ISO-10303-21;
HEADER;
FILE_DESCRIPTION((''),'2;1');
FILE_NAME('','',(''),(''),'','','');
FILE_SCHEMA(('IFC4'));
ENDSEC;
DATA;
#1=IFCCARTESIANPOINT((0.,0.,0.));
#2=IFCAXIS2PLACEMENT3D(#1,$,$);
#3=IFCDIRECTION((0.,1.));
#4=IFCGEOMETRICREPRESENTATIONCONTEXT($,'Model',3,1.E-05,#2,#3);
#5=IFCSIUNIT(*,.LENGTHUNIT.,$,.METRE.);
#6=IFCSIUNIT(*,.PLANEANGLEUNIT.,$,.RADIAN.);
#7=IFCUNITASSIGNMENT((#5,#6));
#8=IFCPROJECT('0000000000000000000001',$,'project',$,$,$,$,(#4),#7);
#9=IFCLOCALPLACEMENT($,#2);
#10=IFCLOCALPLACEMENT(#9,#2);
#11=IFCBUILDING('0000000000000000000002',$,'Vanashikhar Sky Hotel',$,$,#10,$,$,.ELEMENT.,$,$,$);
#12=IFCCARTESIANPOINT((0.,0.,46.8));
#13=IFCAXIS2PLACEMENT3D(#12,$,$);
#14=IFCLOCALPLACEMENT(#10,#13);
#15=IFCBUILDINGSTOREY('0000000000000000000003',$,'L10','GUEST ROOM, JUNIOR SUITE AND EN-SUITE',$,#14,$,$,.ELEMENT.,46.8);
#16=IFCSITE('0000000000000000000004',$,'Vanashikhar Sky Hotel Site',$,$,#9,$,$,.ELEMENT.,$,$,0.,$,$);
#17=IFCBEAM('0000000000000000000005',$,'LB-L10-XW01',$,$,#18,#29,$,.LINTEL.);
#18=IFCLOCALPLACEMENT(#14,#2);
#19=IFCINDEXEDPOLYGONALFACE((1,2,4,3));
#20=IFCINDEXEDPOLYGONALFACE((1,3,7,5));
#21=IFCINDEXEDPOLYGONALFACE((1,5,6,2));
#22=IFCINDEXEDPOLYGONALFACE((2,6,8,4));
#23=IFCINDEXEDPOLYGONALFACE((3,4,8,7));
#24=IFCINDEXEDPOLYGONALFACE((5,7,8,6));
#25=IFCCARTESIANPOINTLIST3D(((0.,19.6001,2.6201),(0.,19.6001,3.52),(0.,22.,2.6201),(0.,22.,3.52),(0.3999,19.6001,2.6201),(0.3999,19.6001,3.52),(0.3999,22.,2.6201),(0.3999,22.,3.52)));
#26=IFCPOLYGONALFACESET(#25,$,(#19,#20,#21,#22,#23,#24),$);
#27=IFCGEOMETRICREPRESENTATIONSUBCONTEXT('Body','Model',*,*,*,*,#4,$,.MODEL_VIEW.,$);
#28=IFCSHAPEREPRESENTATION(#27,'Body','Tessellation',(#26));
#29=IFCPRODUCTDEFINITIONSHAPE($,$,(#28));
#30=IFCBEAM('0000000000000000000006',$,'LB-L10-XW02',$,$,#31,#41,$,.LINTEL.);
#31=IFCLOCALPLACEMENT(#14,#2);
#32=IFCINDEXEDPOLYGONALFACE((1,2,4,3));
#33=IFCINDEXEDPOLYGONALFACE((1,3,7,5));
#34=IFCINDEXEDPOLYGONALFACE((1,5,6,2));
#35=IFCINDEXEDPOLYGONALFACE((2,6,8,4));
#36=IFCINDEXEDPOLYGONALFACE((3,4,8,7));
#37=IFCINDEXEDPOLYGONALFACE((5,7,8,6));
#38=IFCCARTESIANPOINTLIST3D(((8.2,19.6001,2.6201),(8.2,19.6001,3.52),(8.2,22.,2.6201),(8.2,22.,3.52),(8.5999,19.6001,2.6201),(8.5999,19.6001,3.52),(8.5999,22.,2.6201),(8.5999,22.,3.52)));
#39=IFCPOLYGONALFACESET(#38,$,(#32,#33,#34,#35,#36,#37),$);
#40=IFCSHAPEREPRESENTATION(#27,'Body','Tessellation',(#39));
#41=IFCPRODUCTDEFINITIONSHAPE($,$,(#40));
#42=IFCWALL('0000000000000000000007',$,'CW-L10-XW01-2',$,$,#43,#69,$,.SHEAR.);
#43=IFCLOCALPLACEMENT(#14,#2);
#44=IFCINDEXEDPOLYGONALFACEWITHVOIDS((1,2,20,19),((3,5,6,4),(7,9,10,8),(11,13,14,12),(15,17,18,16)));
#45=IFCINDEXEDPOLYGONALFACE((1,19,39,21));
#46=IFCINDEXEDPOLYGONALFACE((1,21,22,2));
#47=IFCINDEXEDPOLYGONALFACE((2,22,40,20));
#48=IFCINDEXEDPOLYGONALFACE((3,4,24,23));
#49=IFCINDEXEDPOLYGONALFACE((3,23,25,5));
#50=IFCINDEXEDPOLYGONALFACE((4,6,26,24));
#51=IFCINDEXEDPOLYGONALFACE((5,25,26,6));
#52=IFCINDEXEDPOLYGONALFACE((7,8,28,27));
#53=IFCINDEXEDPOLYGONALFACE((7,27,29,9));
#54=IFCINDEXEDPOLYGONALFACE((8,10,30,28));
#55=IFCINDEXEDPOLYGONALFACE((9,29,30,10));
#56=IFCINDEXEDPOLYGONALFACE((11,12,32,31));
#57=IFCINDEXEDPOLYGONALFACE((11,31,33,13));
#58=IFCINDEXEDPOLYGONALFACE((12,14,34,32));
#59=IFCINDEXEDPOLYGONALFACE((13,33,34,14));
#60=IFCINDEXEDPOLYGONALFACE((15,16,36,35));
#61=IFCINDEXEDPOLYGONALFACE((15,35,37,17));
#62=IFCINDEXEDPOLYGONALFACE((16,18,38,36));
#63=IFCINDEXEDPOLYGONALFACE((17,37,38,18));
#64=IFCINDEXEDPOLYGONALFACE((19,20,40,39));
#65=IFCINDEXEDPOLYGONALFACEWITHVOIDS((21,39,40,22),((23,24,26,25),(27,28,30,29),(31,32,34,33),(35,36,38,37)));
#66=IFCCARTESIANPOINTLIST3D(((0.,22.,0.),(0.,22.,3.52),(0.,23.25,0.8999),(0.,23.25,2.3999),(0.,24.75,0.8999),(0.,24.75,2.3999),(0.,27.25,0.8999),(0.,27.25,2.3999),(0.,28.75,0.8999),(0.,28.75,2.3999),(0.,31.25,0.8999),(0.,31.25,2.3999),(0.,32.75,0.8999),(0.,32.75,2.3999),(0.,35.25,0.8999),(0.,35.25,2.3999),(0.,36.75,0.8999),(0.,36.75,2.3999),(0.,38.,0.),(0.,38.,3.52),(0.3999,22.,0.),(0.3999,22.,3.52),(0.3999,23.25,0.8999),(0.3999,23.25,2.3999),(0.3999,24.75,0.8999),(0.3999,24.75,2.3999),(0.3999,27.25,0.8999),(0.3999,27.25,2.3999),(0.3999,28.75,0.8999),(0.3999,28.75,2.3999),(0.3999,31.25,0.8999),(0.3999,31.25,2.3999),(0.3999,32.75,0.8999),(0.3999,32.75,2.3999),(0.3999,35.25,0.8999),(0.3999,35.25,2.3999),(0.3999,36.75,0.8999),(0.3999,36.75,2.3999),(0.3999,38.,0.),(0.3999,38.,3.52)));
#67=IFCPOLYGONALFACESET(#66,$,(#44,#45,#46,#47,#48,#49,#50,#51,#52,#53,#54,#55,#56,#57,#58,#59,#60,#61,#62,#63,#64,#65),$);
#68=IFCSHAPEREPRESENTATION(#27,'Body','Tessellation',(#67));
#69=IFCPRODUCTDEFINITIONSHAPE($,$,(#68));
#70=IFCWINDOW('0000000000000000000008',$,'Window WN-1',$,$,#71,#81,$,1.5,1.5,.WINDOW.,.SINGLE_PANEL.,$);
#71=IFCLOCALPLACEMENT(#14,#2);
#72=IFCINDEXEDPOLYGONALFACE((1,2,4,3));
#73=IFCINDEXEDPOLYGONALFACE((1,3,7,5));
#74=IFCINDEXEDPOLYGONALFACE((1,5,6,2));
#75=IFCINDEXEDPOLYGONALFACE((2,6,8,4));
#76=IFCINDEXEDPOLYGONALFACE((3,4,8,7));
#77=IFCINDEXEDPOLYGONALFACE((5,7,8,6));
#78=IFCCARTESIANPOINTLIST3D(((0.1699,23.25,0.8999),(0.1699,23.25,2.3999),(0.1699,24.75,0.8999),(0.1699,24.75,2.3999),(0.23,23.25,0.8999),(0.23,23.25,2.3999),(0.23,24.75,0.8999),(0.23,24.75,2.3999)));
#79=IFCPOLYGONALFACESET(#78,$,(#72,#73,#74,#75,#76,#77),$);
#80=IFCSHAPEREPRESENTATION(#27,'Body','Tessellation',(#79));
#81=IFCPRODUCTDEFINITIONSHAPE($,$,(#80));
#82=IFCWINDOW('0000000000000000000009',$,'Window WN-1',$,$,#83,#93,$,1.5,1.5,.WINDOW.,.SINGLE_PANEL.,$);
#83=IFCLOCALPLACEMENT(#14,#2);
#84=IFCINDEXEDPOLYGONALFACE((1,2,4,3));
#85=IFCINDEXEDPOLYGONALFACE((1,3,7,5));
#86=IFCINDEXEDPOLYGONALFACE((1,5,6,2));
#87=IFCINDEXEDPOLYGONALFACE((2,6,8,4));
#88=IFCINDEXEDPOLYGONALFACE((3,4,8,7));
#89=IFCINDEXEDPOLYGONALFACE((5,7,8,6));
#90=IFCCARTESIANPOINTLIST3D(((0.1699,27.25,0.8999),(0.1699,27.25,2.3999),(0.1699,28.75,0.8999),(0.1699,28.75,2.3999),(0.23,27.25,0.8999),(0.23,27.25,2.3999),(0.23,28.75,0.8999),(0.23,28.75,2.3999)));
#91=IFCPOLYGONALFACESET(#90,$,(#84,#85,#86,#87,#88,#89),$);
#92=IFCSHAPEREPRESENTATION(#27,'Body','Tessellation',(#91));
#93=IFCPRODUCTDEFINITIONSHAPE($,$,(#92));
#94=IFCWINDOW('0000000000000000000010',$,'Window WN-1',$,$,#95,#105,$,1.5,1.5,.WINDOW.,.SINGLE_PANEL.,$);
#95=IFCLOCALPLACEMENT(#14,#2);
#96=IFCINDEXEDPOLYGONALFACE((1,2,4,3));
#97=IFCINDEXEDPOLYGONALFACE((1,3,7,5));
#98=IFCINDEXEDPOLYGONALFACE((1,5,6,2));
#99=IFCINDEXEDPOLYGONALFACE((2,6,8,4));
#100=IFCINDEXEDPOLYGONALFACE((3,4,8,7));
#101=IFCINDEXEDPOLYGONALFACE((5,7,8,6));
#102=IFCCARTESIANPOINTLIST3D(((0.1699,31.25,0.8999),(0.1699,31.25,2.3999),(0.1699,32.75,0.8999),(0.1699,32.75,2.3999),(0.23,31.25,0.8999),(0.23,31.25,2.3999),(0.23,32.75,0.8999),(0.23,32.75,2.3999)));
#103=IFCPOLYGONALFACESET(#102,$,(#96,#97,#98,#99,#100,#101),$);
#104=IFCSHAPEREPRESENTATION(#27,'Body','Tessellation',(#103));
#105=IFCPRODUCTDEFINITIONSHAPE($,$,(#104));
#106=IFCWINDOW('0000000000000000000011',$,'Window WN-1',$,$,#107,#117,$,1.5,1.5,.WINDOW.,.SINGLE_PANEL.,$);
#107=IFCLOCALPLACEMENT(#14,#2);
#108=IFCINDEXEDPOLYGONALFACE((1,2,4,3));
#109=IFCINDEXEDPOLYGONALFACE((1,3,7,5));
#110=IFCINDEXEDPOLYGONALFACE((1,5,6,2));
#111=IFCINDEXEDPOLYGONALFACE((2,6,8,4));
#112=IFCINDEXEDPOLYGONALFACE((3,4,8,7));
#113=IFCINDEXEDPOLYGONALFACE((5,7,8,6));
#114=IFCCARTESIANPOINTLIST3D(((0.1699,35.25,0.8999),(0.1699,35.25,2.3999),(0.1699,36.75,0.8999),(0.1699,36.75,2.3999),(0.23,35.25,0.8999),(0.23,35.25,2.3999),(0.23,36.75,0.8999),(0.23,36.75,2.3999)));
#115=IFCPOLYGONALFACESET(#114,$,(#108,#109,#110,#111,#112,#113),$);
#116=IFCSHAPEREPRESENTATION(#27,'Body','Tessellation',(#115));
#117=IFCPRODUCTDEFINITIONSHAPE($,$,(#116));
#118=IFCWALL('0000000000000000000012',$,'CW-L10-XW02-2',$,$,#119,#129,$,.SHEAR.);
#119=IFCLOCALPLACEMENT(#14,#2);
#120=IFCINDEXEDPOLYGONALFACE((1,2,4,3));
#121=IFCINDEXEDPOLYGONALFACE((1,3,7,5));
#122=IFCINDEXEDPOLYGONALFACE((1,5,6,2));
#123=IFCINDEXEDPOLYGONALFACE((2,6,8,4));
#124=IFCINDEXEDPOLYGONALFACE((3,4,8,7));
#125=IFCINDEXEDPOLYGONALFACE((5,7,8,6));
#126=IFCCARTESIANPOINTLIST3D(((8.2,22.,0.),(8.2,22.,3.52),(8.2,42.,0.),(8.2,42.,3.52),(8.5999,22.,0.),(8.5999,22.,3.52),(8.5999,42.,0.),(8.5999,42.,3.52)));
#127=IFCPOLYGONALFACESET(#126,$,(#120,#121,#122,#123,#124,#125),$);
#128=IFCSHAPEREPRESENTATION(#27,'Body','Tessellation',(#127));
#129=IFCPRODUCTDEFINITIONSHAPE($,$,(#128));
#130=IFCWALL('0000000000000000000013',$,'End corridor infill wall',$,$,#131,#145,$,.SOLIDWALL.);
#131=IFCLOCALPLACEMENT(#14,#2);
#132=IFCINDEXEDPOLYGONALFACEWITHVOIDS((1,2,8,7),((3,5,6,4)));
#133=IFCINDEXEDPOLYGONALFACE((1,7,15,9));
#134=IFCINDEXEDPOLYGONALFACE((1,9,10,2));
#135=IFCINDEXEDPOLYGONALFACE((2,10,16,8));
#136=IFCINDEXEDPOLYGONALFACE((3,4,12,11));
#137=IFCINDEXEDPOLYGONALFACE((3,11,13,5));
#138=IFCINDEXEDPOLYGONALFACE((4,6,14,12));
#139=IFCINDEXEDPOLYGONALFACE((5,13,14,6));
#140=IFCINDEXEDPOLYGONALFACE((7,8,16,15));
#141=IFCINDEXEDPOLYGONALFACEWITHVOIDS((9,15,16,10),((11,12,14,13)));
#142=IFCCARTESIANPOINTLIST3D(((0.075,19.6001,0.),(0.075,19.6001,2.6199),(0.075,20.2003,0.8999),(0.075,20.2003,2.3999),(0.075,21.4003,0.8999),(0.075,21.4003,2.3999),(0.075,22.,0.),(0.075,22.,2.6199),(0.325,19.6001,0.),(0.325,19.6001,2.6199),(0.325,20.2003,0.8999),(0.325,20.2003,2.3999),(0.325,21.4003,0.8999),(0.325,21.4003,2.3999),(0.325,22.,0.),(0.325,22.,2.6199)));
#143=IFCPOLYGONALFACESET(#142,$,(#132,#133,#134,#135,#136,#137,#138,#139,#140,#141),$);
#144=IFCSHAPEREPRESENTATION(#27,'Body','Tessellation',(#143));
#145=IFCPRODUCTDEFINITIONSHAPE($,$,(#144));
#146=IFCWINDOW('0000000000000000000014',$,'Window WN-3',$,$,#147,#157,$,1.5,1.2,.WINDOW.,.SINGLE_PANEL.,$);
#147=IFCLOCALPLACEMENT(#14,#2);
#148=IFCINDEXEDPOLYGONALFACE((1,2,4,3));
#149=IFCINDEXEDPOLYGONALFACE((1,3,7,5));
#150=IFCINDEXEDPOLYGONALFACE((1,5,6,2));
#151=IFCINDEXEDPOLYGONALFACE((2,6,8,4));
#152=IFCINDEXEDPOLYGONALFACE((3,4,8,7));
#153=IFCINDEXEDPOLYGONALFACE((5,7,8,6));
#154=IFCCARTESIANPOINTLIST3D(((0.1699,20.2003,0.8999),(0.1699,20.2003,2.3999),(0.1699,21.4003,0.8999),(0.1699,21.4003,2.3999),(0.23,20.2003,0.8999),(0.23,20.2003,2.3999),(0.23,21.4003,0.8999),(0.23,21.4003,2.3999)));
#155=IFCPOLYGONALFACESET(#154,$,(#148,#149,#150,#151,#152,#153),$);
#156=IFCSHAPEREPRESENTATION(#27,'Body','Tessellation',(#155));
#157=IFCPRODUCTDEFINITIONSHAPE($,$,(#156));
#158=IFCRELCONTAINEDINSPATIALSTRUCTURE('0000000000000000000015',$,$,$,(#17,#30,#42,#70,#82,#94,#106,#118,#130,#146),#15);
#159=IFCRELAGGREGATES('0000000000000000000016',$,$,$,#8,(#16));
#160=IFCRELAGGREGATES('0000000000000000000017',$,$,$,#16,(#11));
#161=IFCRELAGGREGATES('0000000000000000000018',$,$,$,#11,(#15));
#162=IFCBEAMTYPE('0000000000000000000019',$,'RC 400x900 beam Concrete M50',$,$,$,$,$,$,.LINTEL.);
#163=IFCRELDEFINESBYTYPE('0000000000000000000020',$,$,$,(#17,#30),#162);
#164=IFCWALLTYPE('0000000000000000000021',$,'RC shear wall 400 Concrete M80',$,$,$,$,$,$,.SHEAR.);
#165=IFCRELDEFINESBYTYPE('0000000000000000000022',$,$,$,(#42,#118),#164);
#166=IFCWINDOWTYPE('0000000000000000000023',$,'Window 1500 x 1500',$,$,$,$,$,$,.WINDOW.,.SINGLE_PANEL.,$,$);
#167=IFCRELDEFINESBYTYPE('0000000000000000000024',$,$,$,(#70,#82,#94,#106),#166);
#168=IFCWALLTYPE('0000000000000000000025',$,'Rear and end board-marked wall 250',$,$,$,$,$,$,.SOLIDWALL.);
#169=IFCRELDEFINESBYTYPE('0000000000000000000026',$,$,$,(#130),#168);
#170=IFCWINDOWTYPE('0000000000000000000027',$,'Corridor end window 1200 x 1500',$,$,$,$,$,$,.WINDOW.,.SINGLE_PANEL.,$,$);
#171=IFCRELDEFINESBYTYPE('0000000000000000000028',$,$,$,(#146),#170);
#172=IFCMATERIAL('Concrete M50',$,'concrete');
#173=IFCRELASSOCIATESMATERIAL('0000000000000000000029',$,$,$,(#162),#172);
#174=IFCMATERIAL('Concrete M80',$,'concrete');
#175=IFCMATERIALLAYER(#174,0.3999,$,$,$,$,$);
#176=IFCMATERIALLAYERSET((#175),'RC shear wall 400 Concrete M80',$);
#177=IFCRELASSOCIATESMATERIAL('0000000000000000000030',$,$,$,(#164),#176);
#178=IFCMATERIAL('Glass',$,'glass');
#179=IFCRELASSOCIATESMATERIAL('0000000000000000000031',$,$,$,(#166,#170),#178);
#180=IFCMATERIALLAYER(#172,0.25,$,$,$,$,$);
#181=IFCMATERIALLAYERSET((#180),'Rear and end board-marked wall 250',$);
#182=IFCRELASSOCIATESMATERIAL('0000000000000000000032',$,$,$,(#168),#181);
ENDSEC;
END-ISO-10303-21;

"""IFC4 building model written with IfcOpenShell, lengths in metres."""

from ifc_helpers import new_model, si_unit, direction, frame, frame_2d, origin, origin_2d, place, context, subcontext, project, spatial, rectangle, extrude, source, transform, mapped, material, layer, layer_set, material_profile, profile_set, type_object, element, fill, save


model = new_model("IFC4")

# Units and contexts
model_context = context("Model", 3, precision=1e-05, world=origin(), true_north=direction((0.0, 1.0)))
body_context = subcontext(model_context, "Body", "Model", "MODEL_VIEW")
ifc_project = project(units=[si_unit("LENGTHUNIT", "METRE"), si_unit("PLANEANGLEUNIT", "RADIAN")], contexts=[model_context])

# Site, building, storey
site_placement = place(None, origin())
site = spatial("IfcSite", under=ifc_project, at=site_placement, Name="Vanashikhar Sky Hotel Site", CompositionType="ELEMENT", RefElevation=0.0)
building_placement = place(site_placement, origin())
building = spatial("IfcBuilding", under=site, at=building_placement, Name="Vanashikhar Sky Hotel", CompositionType="ELEMENT")
storey_placement = place(building_placement, frame((0.0, 0.0, 46.8)))
storey = spatial("IfcBuildingStorey", under=building, at=storey_placement, Name="L10", Description="GUEST ROOM, JUNIOR SUITE AND EN-SUITE", CompositionType="ELEMENT", Elevation=46.8)

# Beams
ifc_material_1 = material(Name="Concrete M50", Category="concrete")
ifc_material_profile = material_profile(ifc_material_1, rectangle(XDim=0.3999, YDim=0.8999, at=origin_2d()))
ifc_profile_set = profile_set([ifc_material_profile], Name="RC 400x900 beam Concrete M50")
beam_type = type_object("IfcBeamType", Name="RC 400x900 beam Concrete M50", PredefinedType="LINTEL", material=ifc_profile_set)
shared_shape_1 = source(origin(), body_context, "Body", "SweptSolid", [
    extrude(rectangle(XDim=0.3999, YDim=0.8999, at=origin_2d()), origin(), (0.0, 0.0, 1.0), 2.3999),
])
for number, where, z_axis, x_axis, name in (
    (1, (0.2, 19.6001, 3.0701), (0.0, 1.0, 0.0), (-1.0, 0.0, 0.0), "LB-L10-XW01"),
    (2, (8.3999, 19.6001, 3.0701), (0.0, 1.0, 0.0), (-1.0, 0.0, 0.0), "LB-L10-XW02"),
):
    element("IfcBeam", number, at=place(storey_placement, frame(where, z_axis=z_axis, x_axis=x_axis)), inside=storey, type_object=beam_type, Name=name, PredefinedType="LINTEL", context=body_context, shape_type="MappedRepresentation", body=[
        mapped(shared_shape_1, transform((0.0, 0.0, 0.0), scale=1.0)),
    ])

# Wall, openings, windows
ifc_material_2 = material(Name="Concrete M80", Category="concrete")
ifc_layer_1 = layer(ifc_material_2, 0.3999)
ifc_layer_set_1 = layer_set([ifc_layer_1], Name="RC shear wall 400 Concrete M80")
wall_type_1 = type_object("IfcWallType", Name="RC shear wall 400 Concrete M80", PredefinedType="SHEAR", material=ifc_layer_set_1)
shared_shape_2 = source(origin(), body_context, "Body", "SweptSolid", [
    extrude(rectangle(XDim=16.0, YDim=0.3999, at=frame_2d((8.0, 0.0))), origin(), (0.0, 0.0, 1.0), 3.52),
])
wall_1_placement = place(storey_placement, frame((0.2, 22.0, 0.0), z_axis=(0.0, 0.0, 1.0), x_axis=(0.0, 1.0, 0.0)))
wall_1 = element("IfcWall", 3, at=wall_1_placement, inside=storey, type_object=wall_type_1, Name="CW-L10-XW01-2", PredefinedType="SHEAR", context=body_context, shape_type="MappedRepresentation", body=[
    mapped(shared_shape_2, transform((0.0, 0.0, 0.0), scale=1.0)),
])
shared_shape_3 = source(origin(), body_context, "Body", "SweptSolid", [
    extrude(rectangle(XDim=1.5, YDim=1.5, at=frame_2d((0.75, 0.75))), frame((0.0, 0.21, 0.0), z_axis=(0.0, -1.0, 0.0), x_axis=(1.0, 0.0, 0.0)), (0.0, 0.0, 1.0), 0.4199),
])
opening_1_placement = place(wall_1_placement, frame((1.25, 0.0, 0.8999)))
opening_1 = element("IfcOpeningElement", 4, at=opening_1_placement, cuts=wall_1, PredefinedType="OPENING", context=body_context, shape_type="MappedRepresentation", body=[
    mapped(shared_shape_3, transform((0.0, 0.0, 0.0), scale=1.0)),
])
opening_2_placement = place(wall_1_placement, frame((5.25, 0.0, 0.8999)))
opening_2 = element("IfcOpeningElement", 5, at=opening_2_placement, cuts=wall_1, PredefinedType="OPENING", context=body_context, shape_type="MappedRepresentation", body=[
    mapped(shared_shape_3, transform((0.0, 0.0, 0.0), scale=1.0)),
])
opening_3_placement = place(wall_1_placement, frame((9.25, 0.0, 0.8999)))
opening_3 = element("IfcOpeningElement", 6, at=opening_3_placement, cuts=wall_1, PredefinedType="OPENING", context=body_context, shape_type="MappedRepresentation", body=[
    mapped(shared_shape_3, transform((0.0, 0.0, 0.0), scale=1.0)),
])
opening_4_placement = place(wall_1_placement, frame((13.25, 0.0, 0.8999)))
opening_4 = element("IfcOpeningElement", 7, at=opening_4_placement, cuts=wall_1, PredefinedType="OPENING", context=body_context, shape_type="MappedRepresentation", body=[
    mapped(shared_shape_3, transform((0.0, 0.0, 0.0), scale=1.0)),
])
ifc_material_3 = material(Name="Glass", Category="glass")
window_type_1 = type_object("IfcWindowType", Name="Window 1500 x 1500", PartitioningType="SINGLE_PANEL", PredefinedType="WINDOW", material=ifc_material_3)
shared_shape_4 = source(origin(), body_context, "Body", "SweptSolid", [
    extrude(rectangle(XDim=1.5, YDim=1.5, at=frame_2d((0.75, 0.75))), frame((0.0, 0.03, 0.0), z_axis=(0.0, -1.0, 0.0), x_axis=(1.0, 0.0, 0.0)), (0.0, 0.0, 1.0), 0.0601),
])
window_1_placement = place(opening_1_placement, origin())
window_1 = element("IfcWindow", 8, at=window_1_placement, inside=storey, type_object=window_type_1, Name="Window WN-1", OverallHeight=1.5, OverallWidth=1.5, PartitioningType="SINGLE_PANEL", PredefinedType="WINDOW", context=body_context, shape_type="MappedRepresentation", body=[
    mapped(shared_shape_4, transform((0.0, 0.0, 0.0), scale=1.0)),
])
fill(opening_1, window_1)
window_2_placement = place(opening_2_placement, origin())
window_2 = element("IfcWindow", 9, at=window_2_placement, inside=storey, type_object=window_type_1, Name="Window WN-1", OverallHeight=1.5, OverallWidth=1.5, PartitioningType="SINGLE_PANEL", PredefinedType="WINDOW", context=body_context, shape_type="MappedRepresentation", body=[
    mapped(shared_shape_4, transform((0.0, 0.0, 0.0), scale=1.0)),
])
fill(opening_2, window_2)
window_3_placement = place(opening_3_placement, origin())
window_3 = element("IfcWindow", 10, at=window_3_placement, inside=storey, type_object=window_type_1, Name="Window WN-1", OverallHeight=1.5, OverallWidth=1.5, PartitioningType="SINGLE_PANEL", PredefinedType="WINDOW", context=body_context, shape_type="MappedRepresentation", body=[
    mapped(shared_shape_4, transform((0.0, 0.0, 0.0), scale=1.0)),
])
fill(opening_3, window_3)
window_4_placement = place(opening_4_placement, origin())
window_4 = element("IfcWindow", 11, at=window_4_placement, inside=storey, type_object=window_type_1, Name="Window WN-1", OverallHeight=1.5, OverallWidth=1.5, PartitioningType="SINGLE_PANEL", PredefinedType="WINDOW", context=body_context, shape_type="MappedRepresentation", body=[
    mapped(shared_shape_4, transform((0.0, 0.0, 0.0), scale=1.0)),
])
fill(opening_4, window_4)

# Wall
shared_shape_5 = source(origin(), body_context, "Body", "SweptSolid", [
    extrude(rectangle(XDim=20.0, YDim=0.3999, at=frame_2d((10.0, 0.0))), origin(), (0.0, 0.0, 1.0), 3.52),
])
wall_2_placement = place(storey_placement, frame((8.3999, 22.0, 0.0), z_axis=(0.0, 0.0, 1.0), x_axis=(0.0, 1.0, 0.0)))
element("IfcWall", 12, at=wall_2_placement, inside=storey, type_object=wall_type_1, Name="CW-L10-XW02-2", PredefinedType="SHEAR", context=body_context, shape_type="MappedRepresentation", body=[
    mapped(shared_shape_5, transform((0.0, 0.0, 0.0), scale=1.0)),
])

# Wall, opening, window
ifc_layer_2 = layer(ifc_material_1, 0.25)
ifc_layer_set_2 = layer_set([ifc_layer_2], Name="Rear and end board-marked wall 250")
wall_type_2 = type_object("IfcWallType", Name="Rear and end board-marked wall 250", PredefinedType="SOLIDWALL", material=ifc_layer_set_2)
shared_shape_6 = source(origin(), body_context, "Body", "SweptSolid", [
    extrude(rectangle(XDim=2.3999, YDim=0.25, at=frame_2d((1.2, 0.0))), origin(), (0.0, 0.0, 1.0), 2.6199),
])
wall_3_placement = place(storey_placement, frame((0.2, 19.6001, 0.0), z_axis=(0.0, 0.0, 1.0), x_axis=(0.0, 1.0, 0.0)))
wall_3 = element("IfcWall", 13, at=wall_3_placement, inside=storey, type_object=wall_type_2, Name="End corridor infill wall", PredefinedType="SOLIDWALL", context=body_context, shape_type="MappedRepresentation", body=[
    mapped(shared_shape_6, transform((0.0, 0.0, 0.0), scale=1.0)),
])
shared_shape_7 = source(origin(), body_context, "Body", "SweptSolid", [
    extrude(rectangle(XDim=1.2, YDim=1.5, at=frame_2d((0.6001, 0.75))), frame((0.0, 0.135, 0.0), z_axis=(0.0, -1.0, 0.0), x_axis=(1.0, 0.0, 0.0)), (0.0, 0.0, 1.0), 0.27),
])
opening_5_placement = place(wall_3_placement, frame((0.6001, 0.0, 0.8999)))
opening_5 = element("IfcOpeningElement", 14, at=opening_5_placement, cuts=wall_3, PredefinedType="OPENING", context=body_context, shape_type="MappedRepresentation", body=[
    mapped(shared_shape_7, transform((0.0, 0.0, 0.0), scale=1.0)),
])
window_type_2 = type_object("IfcWindowType", Name="Corridor end window 1200 x 1500", PartitioningType="SINGLE_PANEL", PredefinedType="WINDOW", material=ifc_material_3)
shared_shape_8 = source(origin(), body_context, "Body", "SweptSolid", [
    extrude(rectangle(XDim=1.2, YDim=1.5, at=frame_2d((0.6001, 0.75))), frame((0.0, 0.03, 0.0), z_axis=(0.0, -1.0, 0.0), x_axis=(1.0, 0.0, 0.0)), (0.0, 0.0, 1.0), 0.0601),
])
window_5_placement = place(opening_5_placement, origin())
window_5 = element("IfcWindow", 15, at=window_5_placement, inside=storey, type_object=window_type_2, Name="Window WN-3", OverallHeight=1.5, OverallWidth=1.2, PartitioningType="SINGLE_PANEL", PredefinedType="WINDOW", context=body_context, shape_type="MappedRepresentation", body=[
    mapped(shared_shape_8, transform((0.0, 0.0, 0.0), scale=1.0)),
])
fill(opening_5, window_5)

save(model, "model.ifc")
